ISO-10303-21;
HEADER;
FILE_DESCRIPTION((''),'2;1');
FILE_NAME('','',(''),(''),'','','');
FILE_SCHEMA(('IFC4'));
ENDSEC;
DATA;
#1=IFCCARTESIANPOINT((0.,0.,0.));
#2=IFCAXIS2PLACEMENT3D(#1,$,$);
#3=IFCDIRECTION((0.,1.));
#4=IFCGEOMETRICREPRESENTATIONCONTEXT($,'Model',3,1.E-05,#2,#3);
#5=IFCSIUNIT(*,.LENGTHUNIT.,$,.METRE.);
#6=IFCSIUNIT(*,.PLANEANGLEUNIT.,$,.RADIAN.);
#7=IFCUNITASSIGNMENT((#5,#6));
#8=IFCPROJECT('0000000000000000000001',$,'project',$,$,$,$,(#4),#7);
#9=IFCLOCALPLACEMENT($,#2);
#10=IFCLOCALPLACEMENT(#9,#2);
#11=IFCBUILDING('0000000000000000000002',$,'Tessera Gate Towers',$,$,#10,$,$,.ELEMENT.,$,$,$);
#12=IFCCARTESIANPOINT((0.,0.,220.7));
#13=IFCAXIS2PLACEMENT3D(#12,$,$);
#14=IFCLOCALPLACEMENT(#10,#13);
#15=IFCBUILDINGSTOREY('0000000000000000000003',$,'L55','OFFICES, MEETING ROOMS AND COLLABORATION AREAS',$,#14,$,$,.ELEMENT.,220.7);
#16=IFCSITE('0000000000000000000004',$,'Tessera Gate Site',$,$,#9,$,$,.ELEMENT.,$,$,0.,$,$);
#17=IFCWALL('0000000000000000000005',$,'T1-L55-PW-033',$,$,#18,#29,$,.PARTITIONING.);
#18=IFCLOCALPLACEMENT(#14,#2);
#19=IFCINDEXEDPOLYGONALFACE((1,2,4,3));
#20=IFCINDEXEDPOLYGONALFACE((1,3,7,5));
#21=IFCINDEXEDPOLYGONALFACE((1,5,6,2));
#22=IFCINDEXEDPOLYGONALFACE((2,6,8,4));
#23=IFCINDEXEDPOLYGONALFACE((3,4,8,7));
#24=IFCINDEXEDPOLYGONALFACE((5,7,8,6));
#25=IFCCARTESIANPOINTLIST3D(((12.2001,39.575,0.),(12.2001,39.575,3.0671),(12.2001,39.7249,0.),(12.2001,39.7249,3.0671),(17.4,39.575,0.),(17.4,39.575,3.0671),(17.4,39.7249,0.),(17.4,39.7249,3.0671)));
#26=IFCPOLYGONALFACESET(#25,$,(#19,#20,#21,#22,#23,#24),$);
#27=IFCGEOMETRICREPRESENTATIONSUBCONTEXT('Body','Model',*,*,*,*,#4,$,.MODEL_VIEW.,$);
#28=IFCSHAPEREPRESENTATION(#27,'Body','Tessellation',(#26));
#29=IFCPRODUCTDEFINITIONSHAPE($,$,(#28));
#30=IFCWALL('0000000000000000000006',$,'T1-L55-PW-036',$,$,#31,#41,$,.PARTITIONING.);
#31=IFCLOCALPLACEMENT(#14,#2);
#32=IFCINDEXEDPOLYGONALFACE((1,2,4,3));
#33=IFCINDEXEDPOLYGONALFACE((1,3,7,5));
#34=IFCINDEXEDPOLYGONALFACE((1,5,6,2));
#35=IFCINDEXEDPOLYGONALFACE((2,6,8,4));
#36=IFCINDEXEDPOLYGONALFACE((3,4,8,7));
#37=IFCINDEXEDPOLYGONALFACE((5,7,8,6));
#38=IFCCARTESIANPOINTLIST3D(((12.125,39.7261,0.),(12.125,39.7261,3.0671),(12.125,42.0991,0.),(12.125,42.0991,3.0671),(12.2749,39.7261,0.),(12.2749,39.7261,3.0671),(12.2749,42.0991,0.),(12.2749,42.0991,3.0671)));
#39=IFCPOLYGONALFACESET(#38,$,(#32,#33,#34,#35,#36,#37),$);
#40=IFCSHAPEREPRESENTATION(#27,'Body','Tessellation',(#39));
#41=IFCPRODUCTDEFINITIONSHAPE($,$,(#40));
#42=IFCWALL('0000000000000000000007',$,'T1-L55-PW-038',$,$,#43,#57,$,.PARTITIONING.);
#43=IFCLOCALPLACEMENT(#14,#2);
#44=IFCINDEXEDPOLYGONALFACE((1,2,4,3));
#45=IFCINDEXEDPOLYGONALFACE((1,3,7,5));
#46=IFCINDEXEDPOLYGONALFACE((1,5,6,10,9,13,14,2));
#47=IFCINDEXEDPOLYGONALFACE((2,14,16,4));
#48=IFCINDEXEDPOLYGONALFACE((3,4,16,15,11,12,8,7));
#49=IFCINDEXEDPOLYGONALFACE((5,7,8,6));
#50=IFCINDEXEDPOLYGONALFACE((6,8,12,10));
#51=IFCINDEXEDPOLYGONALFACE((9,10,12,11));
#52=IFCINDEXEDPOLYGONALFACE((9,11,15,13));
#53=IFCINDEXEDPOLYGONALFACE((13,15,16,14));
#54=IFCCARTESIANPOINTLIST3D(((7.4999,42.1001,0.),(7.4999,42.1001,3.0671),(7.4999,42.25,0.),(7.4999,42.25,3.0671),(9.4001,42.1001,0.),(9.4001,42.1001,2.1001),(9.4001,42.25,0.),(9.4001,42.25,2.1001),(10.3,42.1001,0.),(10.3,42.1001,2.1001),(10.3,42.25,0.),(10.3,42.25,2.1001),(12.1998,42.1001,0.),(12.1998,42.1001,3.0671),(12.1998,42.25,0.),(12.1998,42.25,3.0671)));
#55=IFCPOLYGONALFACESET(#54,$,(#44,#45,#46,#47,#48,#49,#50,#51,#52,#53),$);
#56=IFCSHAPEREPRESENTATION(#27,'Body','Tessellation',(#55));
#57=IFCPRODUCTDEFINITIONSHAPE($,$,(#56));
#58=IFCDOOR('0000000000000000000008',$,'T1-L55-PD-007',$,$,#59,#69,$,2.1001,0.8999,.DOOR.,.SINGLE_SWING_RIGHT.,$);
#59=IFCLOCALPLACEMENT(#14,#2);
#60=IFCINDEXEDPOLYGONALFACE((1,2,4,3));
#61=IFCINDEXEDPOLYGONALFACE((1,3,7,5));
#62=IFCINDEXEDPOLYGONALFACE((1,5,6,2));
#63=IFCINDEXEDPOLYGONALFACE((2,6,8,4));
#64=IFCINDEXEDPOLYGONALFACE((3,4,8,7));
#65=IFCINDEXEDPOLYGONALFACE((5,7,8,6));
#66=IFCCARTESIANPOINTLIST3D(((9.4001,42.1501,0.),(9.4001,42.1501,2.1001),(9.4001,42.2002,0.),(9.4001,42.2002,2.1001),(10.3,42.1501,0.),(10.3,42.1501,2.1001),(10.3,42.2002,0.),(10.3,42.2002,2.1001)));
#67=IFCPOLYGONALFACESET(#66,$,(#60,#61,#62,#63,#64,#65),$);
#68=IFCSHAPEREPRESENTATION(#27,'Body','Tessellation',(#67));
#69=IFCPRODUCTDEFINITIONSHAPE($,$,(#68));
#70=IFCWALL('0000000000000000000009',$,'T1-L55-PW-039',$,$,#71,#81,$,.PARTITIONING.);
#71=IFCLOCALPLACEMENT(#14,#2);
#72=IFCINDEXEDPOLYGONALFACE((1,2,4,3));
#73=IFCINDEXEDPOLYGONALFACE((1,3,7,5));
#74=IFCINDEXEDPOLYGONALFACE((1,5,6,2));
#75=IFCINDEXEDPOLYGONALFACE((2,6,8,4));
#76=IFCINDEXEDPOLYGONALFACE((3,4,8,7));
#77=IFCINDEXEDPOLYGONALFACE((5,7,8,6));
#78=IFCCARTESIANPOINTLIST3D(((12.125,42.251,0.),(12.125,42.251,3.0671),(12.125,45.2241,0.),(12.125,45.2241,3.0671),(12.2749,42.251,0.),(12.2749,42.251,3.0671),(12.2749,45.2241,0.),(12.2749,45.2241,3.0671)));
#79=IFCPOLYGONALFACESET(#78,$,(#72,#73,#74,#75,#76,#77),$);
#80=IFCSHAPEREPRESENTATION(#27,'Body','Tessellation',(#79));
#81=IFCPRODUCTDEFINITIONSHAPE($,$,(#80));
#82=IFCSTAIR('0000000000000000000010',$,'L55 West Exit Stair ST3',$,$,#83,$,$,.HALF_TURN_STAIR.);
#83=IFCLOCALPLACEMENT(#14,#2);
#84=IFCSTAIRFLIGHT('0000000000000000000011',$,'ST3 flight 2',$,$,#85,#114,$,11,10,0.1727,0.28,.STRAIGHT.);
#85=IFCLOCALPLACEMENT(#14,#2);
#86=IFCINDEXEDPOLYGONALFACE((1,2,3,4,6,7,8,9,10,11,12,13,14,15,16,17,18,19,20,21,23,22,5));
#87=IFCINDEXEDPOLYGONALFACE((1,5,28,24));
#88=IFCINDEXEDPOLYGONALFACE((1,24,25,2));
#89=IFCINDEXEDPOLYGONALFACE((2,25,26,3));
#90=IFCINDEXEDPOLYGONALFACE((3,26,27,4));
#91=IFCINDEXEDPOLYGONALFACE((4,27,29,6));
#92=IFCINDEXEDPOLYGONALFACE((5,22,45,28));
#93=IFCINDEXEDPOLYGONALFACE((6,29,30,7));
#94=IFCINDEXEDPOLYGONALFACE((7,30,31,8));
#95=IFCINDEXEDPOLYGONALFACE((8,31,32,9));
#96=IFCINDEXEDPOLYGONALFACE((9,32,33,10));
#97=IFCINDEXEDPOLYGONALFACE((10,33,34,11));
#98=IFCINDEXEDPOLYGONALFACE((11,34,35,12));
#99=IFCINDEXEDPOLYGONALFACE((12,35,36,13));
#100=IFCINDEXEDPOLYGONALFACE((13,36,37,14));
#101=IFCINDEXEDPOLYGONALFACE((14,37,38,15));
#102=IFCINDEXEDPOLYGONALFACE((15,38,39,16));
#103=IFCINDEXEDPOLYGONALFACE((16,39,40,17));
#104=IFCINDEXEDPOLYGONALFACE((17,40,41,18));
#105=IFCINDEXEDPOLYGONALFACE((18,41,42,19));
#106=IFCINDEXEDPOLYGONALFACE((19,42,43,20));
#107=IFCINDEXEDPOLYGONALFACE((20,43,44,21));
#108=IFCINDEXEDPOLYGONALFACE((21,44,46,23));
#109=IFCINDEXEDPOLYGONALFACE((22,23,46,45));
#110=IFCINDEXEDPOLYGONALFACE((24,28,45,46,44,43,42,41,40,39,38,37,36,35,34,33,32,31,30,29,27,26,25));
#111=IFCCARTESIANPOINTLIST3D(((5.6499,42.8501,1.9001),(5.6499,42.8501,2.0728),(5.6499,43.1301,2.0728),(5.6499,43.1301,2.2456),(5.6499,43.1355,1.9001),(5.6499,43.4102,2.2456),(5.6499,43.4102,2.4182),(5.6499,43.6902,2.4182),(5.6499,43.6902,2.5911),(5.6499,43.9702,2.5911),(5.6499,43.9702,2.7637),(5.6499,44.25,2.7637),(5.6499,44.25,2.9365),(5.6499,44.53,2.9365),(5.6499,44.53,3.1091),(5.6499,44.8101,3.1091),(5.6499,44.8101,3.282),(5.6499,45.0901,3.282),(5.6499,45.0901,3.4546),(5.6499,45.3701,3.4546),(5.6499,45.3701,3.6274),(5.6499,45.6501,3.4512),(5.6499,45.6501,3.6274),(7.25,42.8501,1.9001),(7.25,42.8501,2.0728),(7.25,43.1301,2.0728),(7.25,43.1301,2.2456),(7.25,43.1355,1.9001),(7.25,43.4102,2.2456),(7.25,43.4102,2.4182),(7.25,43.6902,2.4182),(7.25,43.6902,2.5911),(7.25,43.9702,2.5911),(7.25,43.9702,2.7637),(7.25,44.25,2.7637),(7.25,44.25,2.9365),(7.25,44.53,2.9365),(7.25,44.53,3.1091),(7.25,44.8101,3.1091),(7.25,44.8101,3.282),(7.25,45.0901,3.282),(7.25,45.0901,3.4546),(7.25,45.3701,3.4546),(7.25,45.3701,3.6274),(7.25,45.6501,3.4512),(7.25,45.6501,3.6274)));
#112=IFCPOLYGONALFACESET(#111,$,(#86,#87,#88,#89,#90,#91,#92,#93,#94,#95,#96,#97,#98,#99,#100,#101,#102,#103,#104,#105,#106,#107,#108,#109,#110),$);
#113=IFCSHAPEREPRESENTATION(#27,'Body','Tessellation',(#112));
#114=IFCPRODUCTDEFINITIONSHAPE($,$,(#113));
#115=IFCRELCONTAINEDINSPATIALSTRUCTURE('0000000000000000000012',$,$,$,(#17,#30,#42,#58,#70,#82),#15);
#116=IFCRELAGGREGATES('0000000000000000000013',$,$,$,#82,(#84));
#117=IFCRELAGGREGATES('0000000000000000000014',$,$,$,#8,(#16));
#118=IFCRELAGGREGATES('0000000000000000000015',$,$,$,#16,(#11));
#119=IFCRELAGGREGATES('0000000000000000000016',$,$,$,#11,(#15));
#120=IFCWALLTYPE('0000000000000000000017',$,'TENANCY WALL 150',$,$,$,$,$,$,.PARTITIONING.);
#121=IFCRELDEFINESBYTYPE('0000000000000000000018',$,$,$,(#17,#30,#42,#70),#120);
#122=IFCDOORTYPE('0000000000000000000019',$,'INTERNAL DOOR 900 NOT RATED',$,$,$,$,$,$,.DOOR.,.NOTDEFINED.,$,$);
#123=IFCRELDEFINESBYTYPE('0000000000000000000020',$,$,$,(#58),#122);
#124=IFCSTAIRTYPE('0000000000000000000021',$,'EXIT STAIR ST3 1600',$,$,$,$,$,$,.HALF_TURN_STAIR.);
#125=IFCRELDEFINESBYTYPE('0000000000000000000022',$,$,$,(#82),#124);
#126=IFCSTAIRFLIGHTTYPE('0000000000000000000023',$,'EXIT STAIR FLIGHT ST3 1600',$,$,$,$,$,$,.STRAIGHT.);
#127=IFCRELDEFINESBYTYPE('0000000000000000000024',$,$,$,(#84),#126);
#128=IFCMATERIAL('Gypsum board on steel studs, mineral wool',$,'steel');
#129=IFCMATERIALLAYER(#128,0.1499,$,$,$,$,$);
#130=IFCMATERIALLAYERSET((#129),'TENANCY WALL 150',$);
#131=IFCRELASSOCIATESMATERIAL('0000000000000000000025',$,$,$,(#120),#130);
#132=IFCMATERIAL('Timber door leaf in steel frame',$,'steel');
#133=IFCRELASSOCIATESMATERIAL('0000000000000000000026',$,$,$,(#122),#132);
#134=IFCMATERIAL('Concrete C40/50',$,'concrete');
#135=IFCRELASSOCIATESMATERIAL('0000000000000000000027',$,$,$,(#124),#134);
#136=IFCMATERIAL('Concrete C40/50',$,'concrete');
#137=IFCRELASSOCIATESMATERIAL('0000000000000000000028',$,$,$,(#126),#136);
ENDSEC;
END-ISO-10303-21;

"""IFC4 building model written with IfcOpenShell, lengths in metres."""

from ifc_helpers import new_model, si_unit, direction, frame, frame_2d, origin, place, context, subcontext, project, spatial, polyline, rectangle, outline, extrude, source, transform, mapped, material, layer, layer_set, type_object, element, fill, aggregate, save


model = new_model("IFC4")

# Units and contexts
model_context = context("Model", 3, precision=1e-05, world=origin(), true_north=direction((0.0, 1.0)))
body_context = subcontext(model_context, "Body", "Model", "MODEL_VIEW")
ifc_project = project(units=[si_unit("LENGTHUNIT", "METRE"), si_unit("PLANEANGLEUNIT", "RADIAN")], contexts=[model_context])

# Site, building, storey
site_placement = place(None, origin())
site = spatial("IfcSite", under=ifc_project, at=site_placement, Name="Tessera Gate Site", CompositionType="ELEMENT", RefElevation=0.0)
building_placement = place(site_placement, origin())
building = spatial("IfcBuilding", under=site, at=building_placement, Name="Tessera Gate Towers", CompositionType="ELEMENT")
storey_placement = place(building_placement, frame((0.0, 0.0, 220.7)))
storey = spatial("IfcBuildingStorey", under=building, at=storey_placement, Name="L55", Description="OFFICES, MEETING ROOMS AND COLLABORATION AREAS", CompositionType="ELEMENT", Elevation=220.7)

# Walls
ifc_material_1 = material(Name="Gypsum board on steel studs, mineral wool", Category="steel")
ifc_layer_1 = layer(ifc_material_1, 0.1499)
ifc_layer_set_1 = layer_set([ifc_layer_1], Name="TENANCY WALL 150")
wall_type_1 = type_object("IfcWallType", Name="TENANCY WALL 150", PredefinedType="PARTITIONING", material=ifc_layer_set_1)
wall_1_placement = place(storey_placement, frame((12.2, 39.6499, 0.0), z_axis=(0.0, 0.0, 1.0), x_axis=(1.0, 0.0, 0.0)))
element("IfcWall", 1, at=wall_1_placement, inside=storey, type_object=wall_type_1, Name="T1-L55-PW-033", PredefinedType="PARTITIONING", context=body_context, shape_type="SweptSolid", body=[
    extrude(rectangle(XDim=5.2, YDim=0.1499, at=frame_2d((2.6001, 0.0))), origin(), (0.0, 0.0, 1.0), 3.0671),
])
wall_2_placement = place(storey_placement, frame((12.2, 39.7261, 0.0), z_axis=(0.0, 0.0, 1.0), x_axis=(0.0, 1.0, 0.0)))
element("IfcWall", 2, at=wall_2_placement, inside=storey, type_object=wall_type_1, Name="T1-L55-PW-036", PredefinedType="PARTITIONING", context=body_context, shape_type="SweptSolid", body=[
    extrude(rectangle(XDim=2.373, YDim=0.1499, at=frame_2d((1.1865, 0.0))), origin(), (0.0, 0.0, 1.0), 3.0671),
])

# Wall, opening, door
wall_3_placement = place(storey_placement, frame((12.2, 42.175, 0.0), z_axis=(0.0, 0.0, 1.0), x_axis=(-1.0, 0.0, 0.0)))
wall_3 = element("IfcWall", 3, at=wall_3_placement, inside=storey, type_object=wall_type_1, Name="T1-L55-PW-038", PredefinedType="PARTITIONING", context=body_context, shape_type="SweptSolid", body=[
    extrude(rectangle(XDim=4.7, YDim=0.1499, at=frame_2d((2.3501, 0.0))), origin(), (0.0, 0.0, 1.0), 3.0671),
])
shared_shape_1 = source(origin(), body_context, "Body", "SweptSolid", [
    extrude(rectangle(XDim=0.8999, YDim=2.1001, at=frame_2d((0.45, 1.05))), frame((0.0, 0.085, 0.0), z_axis=(0.0, -1.0, 0.0), x_axis=(1.0, 0.0, 0.0)), (0.0, 0.0, 1.0), 0.1699),
])
opening_placement = place(wall_3_placement, frame((1.8999, 0.0, 0.0)))
opening = element("IfcOpeningElement", 4, at=opening_placement, cuts=wall_3, PredefinedType="OPENING", context=body_context, shape_type="MappedRepresentation", body=[
    mapped(shared_shape_1, transform((0.0, 0.0, 0.0), scale=1.0)),
])
ifc_material_2 = material(Name="Timber door leaf in steel frame", Category="steel")
door_type = type_object("IfcDoorType", Name="INTERNAL DOOR 900 NOT RATED", OperationType="NOTDEFINED", PredefinedType="DOOR", material=ifc_material_2)
shared_shape_2 = source(origin(), body_context, "Body", "SweptSolid", [
    extrude(rectangle(XDim=0.8999, YDim=2.1001, at=frame_2d((0.45, 1.05))), frame((0.0, 0.0249, 0.0), z_axis=(0.0, -1.0, 0.0), x_axis=(1.0, 0.0, 0.0)), (0.0, 0.0, 1.0), 0.05),
])
door_placement = place(opening_placement, origin())
door = element("IfcDoor", 5, at=door_placement, inside=storey, type_object=door_type, Name="T1-L55-PD-007", OperationType="SINGLE_SWING_RIGHT", OverallHeight=2.1001, OverallWidth=0.8999, PredefinedType="DOOR", context=body_context, shape_type="MappedRepresentation", body=[
    mapped(shared_shape_2, transform((0.0, 0.0, 0.0), scale=1.0)),
])
fill(opening, door)

# Wall
wall_4_placement = place(storey_placement, frame((12.2, 42.251, 0.0), z_axis=(0.0, 0.0, 1.0), x_axis=(0.0, 1.0, 0.0)))
element("IfcWall", 6, at=wall_4_placement, inside=storey, type_object=wall_type_1, Name="T1-L55-PW-039", PredefinedType="PARTITIONING", context=body_context, shape_type="SweptSolid", body=[
    extrude(rectangle(XDim=2.9731, YDim=0.1499, at=frame_2d((1.4866, 0.0))), origin(), (0.0, 0.0, 1.0), 3.0671),
])

# Stair, stair flight
ifc_material_3 = material(Name="Concrete C40/50", Category="concrete")
stair_type = type_object("IfcStairType", Name="EXIT STAIR ST3 1600", PredefinedType="HALF_TURN_STAIR", material=ifc_material_3)
stair_placement = place(storey_placement, origin())
stair = element("IfcStair", 7, at=stair_placement, inside=storey, type_object=stair_type, Name="L55 West Exit Stair ST3", PredefinedType="HALF_TURN_STAIR")
ifc_material_4 = material(Name="Concrete C40/50", Category="concrete")
stair_flight_type = type_object("IfcStairFlightType", Name="EXIT STAIR FLIGHT ST3 1600", PredefinedType="STRAIGHT", material=ifc_material_4)
stair_flight_placement = place(storey_placement, frame((6.45, 42.8501, 1.9001), z_axis=(0.0, 0.0, 1.0), x_axis=(0.0, 1.0, 0.0)))
stair_flight = element("IfcStairFlight", 8, at=stair_flight_placement, type_object=stair_flight_type, Name="ST3 flight 2", NumberOfRisers=11, NumberOfTreads=10, PredefinedType="STRAIGHT", RiserHeight=0.1727, TreadLength=0.28, context=body_context, shape_type="SweptSolid", body=[
    extrude(outline(polyline([(0.0, 0.0), (0.0, 0.1726), (0.28, 0.1726), (0.28, 0.3455), (0.5601, 0.3455), (0.5601, 0.5181), (0.8401, 0.5181), (0.8401, 0.6909), (1.1201, 0.6909), (1.1201, 0.8635), (1.3999, 0.8635), (1.3999, 1.0364), (1.6799, 1.0364), (1.6799, 1.209), (1.96, 1.209), (1.96, 1.3818), (2.24, 1.3818), (2.24, 1.5544), (2.52, 1.5544), (2.52, 1.7273), (2.8, 1.7273), (2.8, 1.8999), (2.8, 1.551), (0.2854, 0.0), (0.0, 0.0)])), frame((0.0, 0.8, 0.0), z_axis=(0.0, -1.0, 0.0), x_axis=(1.0, 0.0, 0.0)), (0.0, 0.0, 1.0), 1.6001),
])
aggregate(stair, [stair_flight])

save(model, "model.ifc")
